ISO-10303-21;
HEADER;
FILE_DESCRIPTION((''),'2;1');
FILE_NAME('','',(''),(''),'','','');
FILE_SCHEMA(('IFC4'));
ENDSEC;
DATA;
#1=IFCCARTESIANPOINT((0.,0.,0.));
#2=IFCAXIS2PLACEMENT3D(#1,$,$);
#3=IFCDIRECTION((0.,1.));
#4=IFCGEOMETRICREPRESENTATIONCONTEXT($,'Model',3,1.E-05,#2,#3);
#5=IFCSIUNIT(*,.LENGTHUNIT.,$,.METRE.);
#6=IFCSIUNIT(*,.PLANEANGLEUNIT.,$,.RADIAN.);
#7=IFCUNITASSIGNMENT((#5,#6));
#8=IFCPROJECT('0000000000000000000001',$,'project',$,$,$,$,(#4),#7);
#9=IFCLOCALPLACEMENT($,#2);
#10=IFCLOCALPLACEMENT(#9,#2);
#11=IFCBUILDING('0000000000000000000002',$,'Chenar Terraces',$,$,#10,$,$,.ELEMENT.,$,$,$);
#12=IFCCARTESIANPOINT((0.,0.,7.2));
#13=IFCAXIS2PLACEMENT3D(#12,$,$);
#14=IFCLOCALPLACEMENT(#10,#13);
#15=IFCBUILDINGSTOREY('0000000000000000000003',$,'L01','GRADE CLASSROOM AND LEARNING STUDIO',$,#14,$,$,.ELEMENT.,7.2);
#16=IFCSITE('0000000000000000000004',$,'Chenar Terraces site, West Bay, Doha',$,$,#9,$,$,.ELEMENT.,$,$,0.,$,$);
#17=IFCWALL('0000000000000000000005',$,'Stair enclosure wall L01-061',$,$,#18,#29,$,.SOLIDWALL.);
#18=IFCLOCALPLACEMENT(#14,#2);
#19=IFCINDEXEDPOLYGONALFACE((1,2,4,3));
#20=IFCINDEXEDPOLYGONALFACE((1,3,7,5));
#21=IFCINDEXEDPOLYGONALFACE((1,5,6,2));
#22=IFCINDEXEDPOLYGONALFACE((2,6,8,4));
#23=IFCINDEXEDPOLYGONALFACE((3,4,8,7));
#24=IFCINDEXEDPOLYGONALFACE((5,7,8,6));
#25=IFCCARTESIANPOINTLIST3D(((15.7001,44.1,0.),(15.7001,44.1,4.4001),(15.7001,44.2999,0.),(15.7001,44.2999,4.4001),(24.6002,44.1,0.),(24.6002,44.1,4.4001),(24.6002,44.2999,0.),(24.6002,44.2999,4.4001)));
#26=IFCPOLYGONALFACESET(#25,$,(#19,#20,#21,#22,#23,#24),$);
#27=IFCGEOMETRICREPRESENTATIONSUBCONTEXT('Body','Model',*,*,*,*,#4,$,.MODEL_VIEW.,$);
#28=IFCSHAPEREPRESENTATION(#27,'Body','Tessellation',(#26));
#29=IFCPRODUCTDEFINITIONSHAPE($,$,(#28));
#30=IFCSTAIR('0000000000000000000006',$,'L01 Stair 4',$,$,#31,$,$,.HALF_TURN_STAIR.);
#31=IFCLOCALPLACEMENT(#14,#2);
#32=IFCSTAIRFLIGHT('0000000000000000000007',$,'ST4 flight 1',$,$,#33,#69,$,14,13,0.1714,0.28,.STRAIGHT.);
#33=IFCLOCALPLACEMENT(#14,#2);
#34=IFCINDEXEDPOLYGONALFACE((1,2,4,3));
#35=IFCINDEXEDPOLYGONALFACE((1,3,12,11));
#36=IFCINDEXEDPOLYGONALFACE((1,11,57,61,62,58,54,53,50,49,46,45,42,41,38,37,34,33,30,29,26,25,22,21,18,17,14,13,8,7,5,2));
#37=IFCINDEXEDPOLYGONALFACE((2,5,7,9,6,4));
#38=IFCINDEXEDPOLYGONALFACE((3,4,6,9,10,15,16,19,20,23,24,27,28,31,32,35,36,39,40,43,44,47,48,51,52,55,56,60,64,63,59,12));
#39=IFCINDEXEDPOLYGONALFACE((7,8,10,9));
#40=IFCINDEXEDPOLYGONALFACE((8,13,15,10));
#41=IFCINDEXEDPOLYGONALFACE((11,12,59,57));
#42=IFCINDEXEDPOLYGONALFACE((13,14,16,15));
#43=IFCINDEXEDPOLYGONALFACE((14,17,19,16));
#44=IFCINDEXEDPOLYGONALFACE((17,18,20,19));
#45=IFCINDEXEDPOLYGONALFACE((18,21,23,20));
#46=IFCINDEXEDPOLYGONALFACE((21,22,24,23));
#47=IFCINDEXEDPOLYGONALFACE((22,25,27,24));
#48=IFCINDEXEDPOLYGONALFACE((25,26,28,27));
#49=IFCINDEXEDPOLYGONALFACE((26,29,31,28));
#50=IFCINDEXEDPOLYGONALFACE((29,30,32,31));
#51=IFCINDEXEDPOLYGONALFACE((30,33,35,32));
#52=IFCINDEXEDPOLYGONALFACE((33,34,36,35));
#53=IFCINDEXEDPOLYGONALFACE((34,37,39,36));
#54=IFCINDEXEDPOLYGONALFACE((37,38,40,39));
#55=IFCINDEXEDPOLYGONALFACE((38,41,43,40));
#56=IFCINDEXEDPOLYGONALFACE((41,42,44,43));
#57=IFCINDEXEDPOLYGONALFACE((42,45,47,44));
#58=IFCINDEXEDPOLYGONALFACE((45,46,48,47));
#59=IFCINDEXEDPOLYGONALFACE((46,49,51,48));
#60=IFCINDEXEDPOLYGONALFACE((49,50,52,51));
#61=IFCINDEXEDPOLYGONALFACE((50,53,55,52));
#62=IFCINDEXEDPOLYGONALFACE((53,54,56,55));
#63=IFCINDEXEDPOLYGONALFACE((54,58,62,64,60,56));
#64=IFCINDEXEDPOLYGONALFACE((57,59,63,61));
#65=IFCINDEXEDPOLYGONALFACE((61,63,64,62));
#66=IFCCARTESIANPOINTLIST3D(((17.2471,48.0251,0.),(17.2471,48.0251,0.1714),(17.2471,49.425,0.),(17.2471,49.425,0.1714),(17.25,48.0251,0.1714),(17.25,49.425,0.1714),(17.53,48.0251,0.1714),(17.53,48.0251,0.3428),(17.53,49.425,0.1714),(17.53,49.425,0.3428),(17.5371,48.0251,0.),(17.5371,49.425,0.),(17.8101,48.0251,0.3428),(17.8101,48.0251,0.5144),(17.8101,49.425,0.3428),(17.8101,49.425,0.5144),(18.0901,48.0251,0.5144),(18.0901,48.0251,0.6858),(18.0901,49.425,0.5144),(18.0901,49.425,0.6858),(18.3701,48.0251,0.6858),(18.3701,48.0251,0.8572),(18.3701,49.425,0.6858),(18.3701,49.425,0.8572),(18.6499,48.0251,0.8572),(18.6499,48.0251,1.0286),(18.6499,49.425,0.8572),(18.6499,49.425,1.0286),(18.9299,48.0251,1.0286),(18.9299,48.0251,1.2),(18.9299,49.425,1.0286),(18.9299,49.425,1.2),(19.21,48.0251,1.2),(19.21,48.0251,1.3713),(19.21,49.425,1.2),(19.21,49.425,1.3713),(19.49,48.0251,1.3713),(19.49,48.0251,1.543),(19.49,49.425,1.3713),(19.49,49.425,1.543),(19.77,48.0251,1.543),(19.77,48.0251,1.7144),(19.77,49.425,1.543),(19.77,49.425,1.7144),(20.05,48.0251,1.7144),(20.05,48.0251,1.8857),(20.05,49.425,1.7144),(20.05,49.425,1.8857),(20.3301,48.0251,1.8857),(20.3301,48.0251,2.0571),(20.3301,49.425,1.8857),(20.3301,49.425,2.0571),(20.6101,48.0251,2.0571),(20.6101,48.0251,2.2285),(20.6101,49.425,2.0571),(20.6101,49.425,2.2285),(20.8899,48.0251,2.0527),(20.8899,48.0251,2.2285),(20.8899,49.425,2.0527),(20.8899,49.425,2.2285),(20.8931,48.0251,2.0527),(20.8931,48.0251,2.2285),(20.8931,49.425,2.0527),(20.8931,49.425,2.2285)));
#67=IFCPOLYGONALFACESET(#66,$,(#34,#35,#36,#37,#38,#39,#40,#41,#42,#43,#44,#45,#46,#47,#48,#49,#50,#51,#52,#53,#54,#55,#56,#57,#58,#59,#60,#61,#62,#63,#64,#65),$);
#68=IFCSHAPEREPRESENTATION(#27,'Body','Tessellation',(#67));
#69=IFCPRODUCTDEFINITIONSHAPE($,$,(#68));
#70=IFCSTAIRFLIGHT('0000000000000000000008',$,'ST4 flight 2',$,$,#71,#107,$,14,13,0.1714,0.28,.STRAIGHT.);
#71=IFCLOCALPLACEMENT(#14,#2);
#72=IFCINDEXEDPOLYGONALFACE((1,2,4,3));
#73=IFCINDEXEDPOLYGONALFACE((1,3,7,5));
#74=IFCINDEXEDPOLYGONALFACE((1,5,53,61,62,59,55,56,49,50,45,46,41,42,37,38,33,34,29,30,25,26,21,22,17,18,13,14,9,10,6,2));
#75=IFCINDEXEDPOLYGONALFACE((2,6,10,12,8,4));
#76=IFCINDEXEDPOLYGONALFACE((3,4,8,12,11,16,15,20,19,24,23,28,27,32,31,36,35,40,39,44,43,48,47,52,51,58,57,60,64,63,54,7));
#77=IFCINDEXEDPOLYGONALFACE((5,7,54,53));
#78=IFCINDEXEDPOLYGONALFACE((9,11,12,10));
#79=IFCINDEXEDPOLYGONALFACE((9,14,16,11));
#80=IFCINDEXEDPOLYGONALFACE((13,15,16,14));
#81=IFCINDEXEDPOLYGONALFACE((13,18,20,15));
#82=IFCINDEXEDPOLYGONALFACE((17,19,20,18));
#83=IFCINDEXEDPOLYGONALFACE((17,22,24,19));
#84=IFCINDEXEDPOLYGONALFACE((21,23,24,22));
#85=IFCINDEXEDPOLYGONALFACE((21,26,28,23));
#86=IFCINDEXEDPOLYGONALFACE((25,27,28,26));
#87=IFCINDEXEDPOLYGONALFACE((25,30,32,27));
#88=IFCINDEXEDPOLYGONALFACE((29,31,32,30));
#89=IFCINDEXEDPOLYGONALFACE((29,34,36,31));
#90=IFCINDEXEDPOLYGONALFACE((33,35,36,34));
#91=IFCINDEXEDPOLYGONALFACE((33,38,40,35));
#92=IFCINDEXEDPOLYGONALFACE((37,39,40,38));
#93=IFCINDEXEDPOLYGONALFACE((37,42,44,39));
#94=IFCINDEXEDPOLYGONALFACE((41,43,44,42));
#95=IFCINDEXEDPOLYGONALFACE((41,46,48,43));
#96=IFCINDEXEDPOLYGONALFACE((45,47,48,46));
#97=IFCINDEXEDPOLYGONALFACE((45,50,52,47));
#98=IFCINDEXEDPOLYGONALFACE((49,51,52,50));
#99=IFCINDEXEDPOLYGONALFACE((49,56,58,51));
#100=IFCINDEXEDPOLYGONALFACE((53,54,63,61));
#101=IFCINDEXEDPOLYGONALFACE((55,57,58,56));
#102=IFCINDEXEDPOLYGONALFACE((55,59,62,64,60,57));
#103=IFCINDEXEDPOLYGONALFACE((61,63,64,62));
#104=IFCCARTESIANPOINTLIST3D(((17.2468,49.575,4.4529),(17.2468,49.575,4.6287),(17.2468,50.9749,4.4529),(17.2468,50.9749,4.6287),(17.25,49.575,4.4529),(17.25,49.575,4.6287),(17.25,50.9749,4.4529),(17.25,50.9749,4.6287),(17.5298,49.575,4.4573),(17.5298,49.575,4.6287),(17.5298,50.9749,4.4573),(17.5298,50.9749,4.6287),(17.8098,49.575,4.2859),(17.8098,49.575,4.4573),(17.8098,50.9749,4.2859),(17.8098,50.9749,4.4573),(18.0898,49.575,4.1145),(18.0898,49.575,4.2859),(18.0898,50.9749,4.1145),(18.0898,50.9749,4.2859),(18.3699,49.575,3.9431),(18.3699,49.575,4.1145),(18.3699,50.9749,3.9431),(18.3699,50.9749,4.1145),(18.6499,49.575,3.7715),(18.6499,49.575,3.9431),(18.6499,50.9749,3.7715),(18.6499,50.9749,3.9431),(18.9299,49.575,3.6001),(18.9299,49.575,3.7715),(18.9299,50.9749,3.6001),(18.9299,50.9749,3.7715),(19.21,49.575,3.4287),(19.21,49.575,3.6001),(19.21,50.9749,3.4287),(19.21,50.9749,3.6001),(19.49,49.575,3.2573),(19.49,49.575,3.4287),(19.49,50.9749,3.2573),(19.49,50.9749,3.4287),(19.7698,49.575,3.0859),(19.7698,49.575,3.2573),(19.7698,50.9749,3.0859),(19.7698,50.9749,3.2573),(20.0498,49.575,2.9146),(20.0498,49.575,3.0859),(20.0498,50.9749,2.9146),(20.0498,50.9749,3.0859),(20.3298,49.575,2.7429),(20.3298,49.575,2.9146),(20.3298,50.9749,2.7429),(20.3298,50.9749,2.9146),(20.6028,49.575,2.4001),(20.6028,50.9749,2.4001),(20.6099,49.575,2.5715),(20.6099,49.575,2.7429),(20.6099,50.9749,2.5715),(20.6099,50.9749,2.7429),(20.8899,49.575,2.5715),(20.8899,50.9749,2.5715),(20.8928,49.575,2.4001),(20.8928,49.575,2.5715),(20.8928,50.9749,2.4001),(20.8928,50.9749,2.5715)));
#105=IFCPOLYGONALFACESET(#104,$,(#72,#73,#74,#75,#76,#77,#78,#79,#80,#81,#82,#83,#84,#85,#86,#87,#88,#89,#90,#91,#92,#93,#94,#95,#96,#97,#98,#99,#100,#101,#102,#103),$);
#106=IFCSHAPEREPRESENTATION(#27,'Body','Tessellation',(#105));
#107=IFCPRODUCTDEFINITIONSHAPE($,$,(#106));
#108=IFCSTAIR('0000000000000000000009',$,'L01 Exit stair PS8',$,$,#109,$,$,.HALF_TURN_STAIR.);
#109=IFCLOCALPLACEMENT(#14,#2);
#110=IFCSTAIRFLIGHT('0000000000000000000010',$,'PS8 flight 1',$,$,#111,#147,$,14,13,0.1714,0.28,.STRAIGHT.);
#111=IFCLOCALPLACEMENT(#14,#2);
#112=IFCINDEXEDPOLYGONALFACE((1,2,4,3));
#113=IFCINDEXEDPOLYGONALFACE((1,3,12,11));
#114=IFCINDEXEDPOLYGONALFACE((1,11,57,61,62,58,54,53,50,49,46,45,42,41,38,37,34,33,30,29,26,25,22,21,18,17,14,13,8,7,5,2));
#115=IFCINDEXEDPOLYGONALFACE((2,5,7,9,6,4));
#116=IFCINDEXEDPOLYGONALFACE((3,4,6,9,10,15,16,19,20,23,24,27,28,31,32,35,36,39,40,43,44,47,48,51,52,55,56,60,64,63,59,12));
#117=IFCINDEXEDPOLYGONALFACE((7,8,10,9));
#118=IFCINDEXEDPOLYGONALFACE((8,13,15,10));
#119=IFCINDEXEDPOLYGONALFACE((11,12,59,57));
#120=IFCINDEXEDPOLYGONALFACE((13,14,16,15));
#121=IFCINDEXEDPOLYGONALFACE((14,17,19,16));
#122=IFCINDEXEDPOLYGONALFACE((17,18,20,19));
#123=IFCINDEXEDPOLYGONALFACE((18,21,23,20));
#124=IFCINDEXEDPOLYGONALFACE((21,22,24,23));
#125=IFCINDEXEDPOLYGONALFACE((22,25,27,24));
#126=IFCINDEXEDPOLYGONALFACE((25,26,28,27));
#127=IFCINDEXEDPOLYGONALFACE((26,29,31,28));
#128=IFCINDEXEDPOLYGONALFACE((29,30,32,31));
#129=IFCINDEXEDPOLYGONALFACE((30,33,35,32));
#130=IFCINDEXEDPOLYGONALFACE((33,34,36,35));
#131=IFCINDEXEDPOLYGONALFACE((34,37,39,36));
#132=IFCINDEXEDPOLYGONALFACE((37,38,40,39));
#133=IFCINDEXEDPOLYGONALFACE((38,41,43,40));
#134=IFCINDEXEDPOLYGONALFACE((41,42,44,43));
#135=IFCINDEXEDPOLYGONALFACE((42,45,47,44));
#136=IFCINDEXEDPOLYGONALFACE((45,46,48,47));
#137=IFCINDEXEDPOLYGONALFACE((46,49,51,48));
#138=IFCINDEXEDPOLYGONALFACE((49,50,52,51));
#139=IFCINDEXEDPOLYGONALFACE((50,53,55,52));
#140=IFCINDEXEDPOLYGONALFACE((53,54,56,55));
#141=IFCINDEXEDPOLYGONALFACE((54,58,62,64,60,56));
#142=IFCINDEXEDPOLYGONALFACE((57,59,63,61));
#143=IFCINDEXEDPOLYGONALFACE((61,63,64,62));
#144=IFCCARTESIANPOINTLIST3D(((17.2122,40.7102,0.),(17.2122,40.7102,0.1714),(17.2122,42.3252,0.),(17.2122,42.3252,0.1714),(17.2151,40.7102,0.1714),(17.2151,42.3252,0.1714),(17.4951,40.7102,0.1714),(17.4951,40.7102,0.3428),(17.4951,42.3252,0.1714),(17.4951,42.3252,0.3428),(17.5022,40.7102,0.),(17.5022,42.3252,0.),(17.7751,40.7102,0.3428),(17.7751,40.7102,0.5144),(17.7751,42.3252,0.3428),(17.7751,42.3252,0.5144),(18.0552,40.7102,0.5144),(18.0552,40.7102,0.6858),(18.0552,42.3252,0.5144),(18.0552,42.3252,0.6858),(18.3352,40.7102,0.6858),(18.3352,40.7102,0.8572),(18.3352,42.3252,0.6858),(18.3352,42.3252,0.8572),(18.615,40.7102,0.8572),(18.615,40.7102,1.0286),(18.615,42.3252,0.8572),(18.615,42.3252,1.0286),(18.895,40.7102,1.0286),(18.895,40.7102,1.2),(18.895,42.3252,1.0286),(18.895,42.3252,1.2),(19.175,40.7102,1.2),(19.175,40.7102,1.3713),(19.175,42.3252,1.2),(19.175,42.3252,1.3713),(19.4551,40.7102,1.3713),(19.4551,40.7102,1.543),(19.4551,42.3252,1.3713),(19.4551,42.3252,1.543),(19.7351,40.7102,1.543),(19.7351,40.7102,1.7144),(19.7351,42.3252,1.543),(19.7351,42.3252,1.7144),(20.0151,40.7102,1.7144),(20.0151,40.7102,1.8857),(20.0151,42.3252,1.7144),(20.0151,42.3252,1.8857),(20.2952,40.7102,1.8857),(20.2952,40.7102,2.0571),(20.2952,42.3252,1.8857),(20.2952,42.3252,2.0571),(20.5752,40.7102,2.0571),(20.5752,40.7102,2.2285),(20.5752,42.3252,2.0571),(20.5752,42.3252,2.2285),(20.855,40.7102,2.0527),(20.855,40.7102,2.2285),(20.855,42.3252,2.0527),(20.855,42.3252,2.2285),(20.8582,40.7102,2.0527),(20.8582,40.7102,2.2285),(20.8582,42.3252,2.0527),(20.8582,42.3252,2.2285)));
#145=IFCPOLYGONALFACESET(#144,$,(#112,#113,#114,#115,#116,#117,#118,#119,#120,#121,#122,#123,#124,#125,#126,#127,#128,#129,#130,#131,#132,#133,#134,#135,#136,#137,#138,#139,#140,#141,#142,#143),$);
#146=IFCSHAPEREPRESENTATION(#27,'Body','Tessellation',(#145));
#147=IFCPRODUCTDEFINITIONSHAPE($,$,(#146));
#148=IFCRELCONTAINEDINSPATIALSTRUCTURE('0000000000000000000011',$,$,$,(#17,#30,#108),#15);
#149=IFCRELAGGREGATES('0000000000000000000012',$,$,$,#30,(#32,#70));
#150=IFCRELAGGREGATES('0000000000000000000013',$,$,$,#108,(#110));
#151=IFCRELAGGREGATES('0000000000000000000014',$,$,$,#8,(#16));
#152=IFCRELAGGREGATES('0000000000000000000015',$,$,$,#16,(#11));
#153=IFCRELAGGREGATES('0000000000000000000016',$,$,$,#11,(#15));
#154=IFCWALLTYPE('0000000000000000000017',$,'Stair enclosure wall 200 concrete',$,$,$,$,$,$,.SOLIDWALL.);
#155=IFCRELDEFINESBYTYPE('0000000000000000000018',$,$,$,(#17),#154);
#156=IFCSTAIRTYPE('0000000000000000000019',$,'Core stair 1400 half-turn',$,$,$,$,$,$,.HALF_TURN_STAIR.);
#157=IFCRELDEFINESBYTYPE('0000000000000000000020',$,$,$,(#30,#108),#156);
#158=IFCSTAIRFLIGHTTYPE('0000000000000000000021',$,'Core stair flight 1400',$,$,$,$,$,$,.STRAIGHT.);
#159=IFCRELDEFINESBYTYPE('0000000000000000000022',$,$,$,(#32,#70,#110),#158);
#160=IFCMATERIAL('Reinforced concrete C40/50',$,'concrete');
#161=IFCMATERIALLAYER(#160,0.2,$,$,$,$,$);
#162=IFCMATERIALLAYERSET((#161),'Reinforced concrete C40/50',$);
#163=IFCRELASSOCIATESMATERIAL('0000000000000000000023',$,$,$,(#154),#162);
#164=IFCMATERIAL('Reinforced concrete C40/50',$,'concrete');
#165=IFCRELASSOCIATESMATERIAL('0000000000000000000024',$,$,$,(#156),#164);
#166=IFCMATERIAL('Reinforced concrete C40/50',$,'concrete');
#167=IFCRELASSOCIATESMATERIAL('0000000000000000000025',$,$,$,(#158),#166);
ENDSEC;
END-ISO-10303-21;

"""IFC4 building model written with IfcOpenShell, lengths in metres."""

from ifc_helpers import new_model, si_unit, direction, frame, frame_2d, origin, place, context, subcontext, project, spatial, polyline, rectangle, outline, extrude, material, layer, layer_set, type_object, element, aggregate, save


model = new_model("IFC4")

# Units and contexts
model_context = context("Model", 3, precision=1e-05, world=origin(), true_north=direction((0.0, 1.0)))
body_context = subcontext(model_context, "Body", "Model", "MODEL_VIEW")
ifc_project = project(units=[si_unit("LENGTHUNIT", "METRE"), si_unit("PLANEANGLEUNIT", "RADIAN")], contexts=[model_context])

# Site, building, storey
site_placement = place(None, origin())
site = spatial("IfcSite", under=ifc_project, at=site_placement, Name="Chenar Terraces site, West Bay, Doha", CompositionType="ELEMENT", RefElevation=0.0)
building_placement = place(site_placement, origin())
building = spatial("IfcBuilding", under=site, at=building_placement, Name="Chenar Terraces", CompositionType="ELEMENT")
storey_placement = place(building_placement, frame((0.0, 0.0, 7.2)))
storey = spatial("IfcBuildingStorey", under=building, at=storey_placement, Name="L01", Description="GRADE CLASSROOM AND LEARNING STUDIO", CompositionType="ELEMENT", Elevation=7.2)

# Shared definitions
ifc_material_1 = material(Name="Reinforced concrete C40/50", Category="concrete")
ifc_layer_1 = layer(ifc_material_1, 0.2)
ifc_layer_set_1 = layer_set([ifc_layer_1], Name="Reinforced concrete C40/50")
wall_type_1 = type_object("IfcWallType", Name="Stair enclosure wall 200 concrete", PredefinedType="SOLIDWALL", material=ifc_layer_set_1)

# Wall
wall_1_placement = place(storey_placement, frame((15.7, 44.2, 0.0), z_axis=(0.0, 0.0, 1.0), x_axis=(1.0, 0.0, 0.0)))
element("IfcWall", 1, at=wall_1_placement, inside=storey, type_object=wall_type_1, Name="Stair enclosure wall L01-061", PredefinedType="SOLIDWALL", context=body_context, shape_type="SweptSolid", body=[
    extrude(rectangle(XDim=8.9001, YDim=0.2, at=frame_2d((4.4502, 0.0))), origin(), (0.0, 0.0, 1.0), 4.4001),
])

# Stairs, stair flights
ifc_material_2 = material(Name="Reinforced concrete C40/50", Category="concrete")
stair_type = type_object("IfcStairType", Name="Core stair 1400 half-turn", PredefinedType="HALF_TURN_STAIR", material=ifc_material_2)
placement = place(storey_placement, origin())
stair_1 = element("IfcStair", 2, at=placement, inside=storey, type_object=stair_type, Name="L01 Stair 4", PredefinedType="HALF_TURN_STAIR")
ifc_material_3 = material(Name="Reinforced concrete C40/50", Category="concrete")
stair_flight_type = type_object("IfcStairFlightType", Name="Core stair flight 1400", PredefinedType="STRAIGHT", material=ifc_material_3)
stair_flight_1_placement = place(storey_placement, frame((17.25, 48.7251, 0.0), z_axis=(0.0, 0.0, 1.0), x_axis=(1.0, 0.0, 0.0)))
stair_flight_1 = element("IfcStairFlight", 3, at=stair_flight_1_placement, type_object=stair_flight_type, Name="ST4 flight 1", NumberOfRisers=14, NumberOfTreads=13, PredefinedType="STRAIGHT", RiserHeight=0.1714, TreadLength=0.28, context=body_context, shape_type="SweptSolid", body=[
    extrude(outline(polyline([(-0.0029, 0.0), (-0.0029, 0.1714), (0.0, 0.1714), (0.28, 0.1714), (0.28, 0.3428), (0.5601, 0.3428), (0.5601, 0.5144), (0.8401, 0.5144), (0.8401, 0.6858), (1.1201, 0.6858), (1.1201, 0.8572), (1.3999, 0.8572), (1.3999, 1.0286), (1.6799, 1.0286), (1.6799, 1.2), (1.96, 1.2), (1.96, 1.3713), (2.24, 1.3713), (2.24, 1.543), (2.52, 1.543), (2.52, 1.7144), (2.8, 1.7144), (2.8, 1.8857), (3.0801, 1.8857), (3.0801, 2.0571), (3.3601, 2.0571), (3.3601, 2.2285), (3.6399, 2.2285), (3.6431, 2.2285), (3.6431, 2.0527), (3.6399, 2.0527), (0.2871, 0.0), (-0.0029, 0.0)])), frame((0.0, 0.7, 0.0), z_axis=(0.0, -1.0, 0.0), x_axis=(1.0, 0.0, 0.0)), (0.0, 0.0, 1.0), 1.3999),
])
stair_flight_2_placement = place(storey_placement, frame((20.8899, 50.2749, 2.4001), z_axis=(0.0, 0.0, 1.0), x_axis=(-1.0, 0.0, 0.0)))
stair_flight_2 = element("IfcStairFlight", 4, at=stair_flight_2_placement, type_object=stair_flight_type, Name="ST4 flight 2", NumberOfRisers=14, NumberOfTreads=13, PredefinedType="STRAIGHT", RiserHeight=0.1714, TreadLength=0.28, context=body_context, shape_type="SweptSolid", body=[
    extrude(outline(polyline([(-0.0029, 0.0), (-0.0029, 0.1714), (0.0, 0.1714), (0.28, 0.1714), (0.28, 0.3428), (0.5601, 0.3428), (0.5601, 0.5144), (0.8401, 0.5144), (0.8401, 0.6858), (1.1201, 0.6858), (1.1201, 0.8572), (1.3999, 0.8572), (1.3999, 1.0286), (1.6799, 1.0286), (1.6799, 1.2), (1.96, 1.2), (1.96, 1.3713), (2.24, 1.3713), (2.24, 1.543), (2.52, 1.543), (2.52, 1.7144), (2.8, 1.7144), (2.8, 1.8857), (3.0801, 1.8857), (3.0801, 2.0571), (3.3601, 2.0571), (3.3601, 2.2285), (3.6399, 2.2285), (3.6431, 2.2285), (3.6431, 2.0527), (3.6399, 2.0527), (0.2871, 0.0), (-0.0029, 0.0)])), frame((0.0, 0.7, 0.0), z_axis=(0.0, -1.0, 0.0), x_axis=(1.0, 0.0, 0.0)), (0.0, 0.0, 1.0), 1.3999),
])
aggregate(stair_1, [stair_flight_1, stair_flight_2])
stair_2 = element("IfcStair", 5, at=placement, inside=storey, type_object=stair_type, Name="L01 Exit stair PS8", PredefinedType="HALF_TURN_STAIR")
stair_flight_3_placement = place(storey_placement, frame((17.2151, 41.5176, 0.0), z_axis=(0.0, 0.0, 1.0), x_axis=(1.0, 0.0, 0.0)))
stair_flight_3 = element("IfcStairFlight", 6, at=stair_flight_3_placement, type_object=stair_flight_type, Name="PS8 flight 1", NumberOfRisers=14, NumberOfTreads=13, PredefinedType="STRAIGHT", RiserHeight=0.1714, TreadLength=0.28, context=body_context, shape_type="SweptSolid", body=[
    extrude(outline(polyline([(-0.0029, 0.0), (-0.0029, 0.1714), (0.0, 0.1714), (0.28, 0.1714), (0.28, 0.3428), (0.5601, 0.3428), (0.5601, 0.5144), (0.8401, 0.5144), (0.8401, 0.6858), (1.1201, 0.6858), (1.1201, 0.8572), (1.3999, 0.8572), (1.3999, 1.0286), (1.6799, 1.0286), (1.6799, 1.2), (1.96, 1.2), (1.96, 1.3713), (2.24, 1.3713), (2.24, 1.543), (2.52, 1.543), (2.52, 1.7144), (2.8, 1.7144), (2.8, 1.8857), (3.0801, 1.8857), (3.0801, 2.0571), (3.3601, 2.0571), (3.3601, 2.2285), (3.6399, 2.2285), (3.6431, 2.2285), (3.6431, 2.0527), (3.6399, 2.0527), (0.2871, 0.0), (-0.0029, 0.0)])), frame((0.0, 0.8076, 0.0), z_axis=(0.0, -1.0, 0.0), x_axis=(1.0, 0.0, 0.0)), (0.0, 0.0, 1.0), 1.615),
])
aggregate(stair_2, [stair_flight_3])

save(model, "model.ifc")
